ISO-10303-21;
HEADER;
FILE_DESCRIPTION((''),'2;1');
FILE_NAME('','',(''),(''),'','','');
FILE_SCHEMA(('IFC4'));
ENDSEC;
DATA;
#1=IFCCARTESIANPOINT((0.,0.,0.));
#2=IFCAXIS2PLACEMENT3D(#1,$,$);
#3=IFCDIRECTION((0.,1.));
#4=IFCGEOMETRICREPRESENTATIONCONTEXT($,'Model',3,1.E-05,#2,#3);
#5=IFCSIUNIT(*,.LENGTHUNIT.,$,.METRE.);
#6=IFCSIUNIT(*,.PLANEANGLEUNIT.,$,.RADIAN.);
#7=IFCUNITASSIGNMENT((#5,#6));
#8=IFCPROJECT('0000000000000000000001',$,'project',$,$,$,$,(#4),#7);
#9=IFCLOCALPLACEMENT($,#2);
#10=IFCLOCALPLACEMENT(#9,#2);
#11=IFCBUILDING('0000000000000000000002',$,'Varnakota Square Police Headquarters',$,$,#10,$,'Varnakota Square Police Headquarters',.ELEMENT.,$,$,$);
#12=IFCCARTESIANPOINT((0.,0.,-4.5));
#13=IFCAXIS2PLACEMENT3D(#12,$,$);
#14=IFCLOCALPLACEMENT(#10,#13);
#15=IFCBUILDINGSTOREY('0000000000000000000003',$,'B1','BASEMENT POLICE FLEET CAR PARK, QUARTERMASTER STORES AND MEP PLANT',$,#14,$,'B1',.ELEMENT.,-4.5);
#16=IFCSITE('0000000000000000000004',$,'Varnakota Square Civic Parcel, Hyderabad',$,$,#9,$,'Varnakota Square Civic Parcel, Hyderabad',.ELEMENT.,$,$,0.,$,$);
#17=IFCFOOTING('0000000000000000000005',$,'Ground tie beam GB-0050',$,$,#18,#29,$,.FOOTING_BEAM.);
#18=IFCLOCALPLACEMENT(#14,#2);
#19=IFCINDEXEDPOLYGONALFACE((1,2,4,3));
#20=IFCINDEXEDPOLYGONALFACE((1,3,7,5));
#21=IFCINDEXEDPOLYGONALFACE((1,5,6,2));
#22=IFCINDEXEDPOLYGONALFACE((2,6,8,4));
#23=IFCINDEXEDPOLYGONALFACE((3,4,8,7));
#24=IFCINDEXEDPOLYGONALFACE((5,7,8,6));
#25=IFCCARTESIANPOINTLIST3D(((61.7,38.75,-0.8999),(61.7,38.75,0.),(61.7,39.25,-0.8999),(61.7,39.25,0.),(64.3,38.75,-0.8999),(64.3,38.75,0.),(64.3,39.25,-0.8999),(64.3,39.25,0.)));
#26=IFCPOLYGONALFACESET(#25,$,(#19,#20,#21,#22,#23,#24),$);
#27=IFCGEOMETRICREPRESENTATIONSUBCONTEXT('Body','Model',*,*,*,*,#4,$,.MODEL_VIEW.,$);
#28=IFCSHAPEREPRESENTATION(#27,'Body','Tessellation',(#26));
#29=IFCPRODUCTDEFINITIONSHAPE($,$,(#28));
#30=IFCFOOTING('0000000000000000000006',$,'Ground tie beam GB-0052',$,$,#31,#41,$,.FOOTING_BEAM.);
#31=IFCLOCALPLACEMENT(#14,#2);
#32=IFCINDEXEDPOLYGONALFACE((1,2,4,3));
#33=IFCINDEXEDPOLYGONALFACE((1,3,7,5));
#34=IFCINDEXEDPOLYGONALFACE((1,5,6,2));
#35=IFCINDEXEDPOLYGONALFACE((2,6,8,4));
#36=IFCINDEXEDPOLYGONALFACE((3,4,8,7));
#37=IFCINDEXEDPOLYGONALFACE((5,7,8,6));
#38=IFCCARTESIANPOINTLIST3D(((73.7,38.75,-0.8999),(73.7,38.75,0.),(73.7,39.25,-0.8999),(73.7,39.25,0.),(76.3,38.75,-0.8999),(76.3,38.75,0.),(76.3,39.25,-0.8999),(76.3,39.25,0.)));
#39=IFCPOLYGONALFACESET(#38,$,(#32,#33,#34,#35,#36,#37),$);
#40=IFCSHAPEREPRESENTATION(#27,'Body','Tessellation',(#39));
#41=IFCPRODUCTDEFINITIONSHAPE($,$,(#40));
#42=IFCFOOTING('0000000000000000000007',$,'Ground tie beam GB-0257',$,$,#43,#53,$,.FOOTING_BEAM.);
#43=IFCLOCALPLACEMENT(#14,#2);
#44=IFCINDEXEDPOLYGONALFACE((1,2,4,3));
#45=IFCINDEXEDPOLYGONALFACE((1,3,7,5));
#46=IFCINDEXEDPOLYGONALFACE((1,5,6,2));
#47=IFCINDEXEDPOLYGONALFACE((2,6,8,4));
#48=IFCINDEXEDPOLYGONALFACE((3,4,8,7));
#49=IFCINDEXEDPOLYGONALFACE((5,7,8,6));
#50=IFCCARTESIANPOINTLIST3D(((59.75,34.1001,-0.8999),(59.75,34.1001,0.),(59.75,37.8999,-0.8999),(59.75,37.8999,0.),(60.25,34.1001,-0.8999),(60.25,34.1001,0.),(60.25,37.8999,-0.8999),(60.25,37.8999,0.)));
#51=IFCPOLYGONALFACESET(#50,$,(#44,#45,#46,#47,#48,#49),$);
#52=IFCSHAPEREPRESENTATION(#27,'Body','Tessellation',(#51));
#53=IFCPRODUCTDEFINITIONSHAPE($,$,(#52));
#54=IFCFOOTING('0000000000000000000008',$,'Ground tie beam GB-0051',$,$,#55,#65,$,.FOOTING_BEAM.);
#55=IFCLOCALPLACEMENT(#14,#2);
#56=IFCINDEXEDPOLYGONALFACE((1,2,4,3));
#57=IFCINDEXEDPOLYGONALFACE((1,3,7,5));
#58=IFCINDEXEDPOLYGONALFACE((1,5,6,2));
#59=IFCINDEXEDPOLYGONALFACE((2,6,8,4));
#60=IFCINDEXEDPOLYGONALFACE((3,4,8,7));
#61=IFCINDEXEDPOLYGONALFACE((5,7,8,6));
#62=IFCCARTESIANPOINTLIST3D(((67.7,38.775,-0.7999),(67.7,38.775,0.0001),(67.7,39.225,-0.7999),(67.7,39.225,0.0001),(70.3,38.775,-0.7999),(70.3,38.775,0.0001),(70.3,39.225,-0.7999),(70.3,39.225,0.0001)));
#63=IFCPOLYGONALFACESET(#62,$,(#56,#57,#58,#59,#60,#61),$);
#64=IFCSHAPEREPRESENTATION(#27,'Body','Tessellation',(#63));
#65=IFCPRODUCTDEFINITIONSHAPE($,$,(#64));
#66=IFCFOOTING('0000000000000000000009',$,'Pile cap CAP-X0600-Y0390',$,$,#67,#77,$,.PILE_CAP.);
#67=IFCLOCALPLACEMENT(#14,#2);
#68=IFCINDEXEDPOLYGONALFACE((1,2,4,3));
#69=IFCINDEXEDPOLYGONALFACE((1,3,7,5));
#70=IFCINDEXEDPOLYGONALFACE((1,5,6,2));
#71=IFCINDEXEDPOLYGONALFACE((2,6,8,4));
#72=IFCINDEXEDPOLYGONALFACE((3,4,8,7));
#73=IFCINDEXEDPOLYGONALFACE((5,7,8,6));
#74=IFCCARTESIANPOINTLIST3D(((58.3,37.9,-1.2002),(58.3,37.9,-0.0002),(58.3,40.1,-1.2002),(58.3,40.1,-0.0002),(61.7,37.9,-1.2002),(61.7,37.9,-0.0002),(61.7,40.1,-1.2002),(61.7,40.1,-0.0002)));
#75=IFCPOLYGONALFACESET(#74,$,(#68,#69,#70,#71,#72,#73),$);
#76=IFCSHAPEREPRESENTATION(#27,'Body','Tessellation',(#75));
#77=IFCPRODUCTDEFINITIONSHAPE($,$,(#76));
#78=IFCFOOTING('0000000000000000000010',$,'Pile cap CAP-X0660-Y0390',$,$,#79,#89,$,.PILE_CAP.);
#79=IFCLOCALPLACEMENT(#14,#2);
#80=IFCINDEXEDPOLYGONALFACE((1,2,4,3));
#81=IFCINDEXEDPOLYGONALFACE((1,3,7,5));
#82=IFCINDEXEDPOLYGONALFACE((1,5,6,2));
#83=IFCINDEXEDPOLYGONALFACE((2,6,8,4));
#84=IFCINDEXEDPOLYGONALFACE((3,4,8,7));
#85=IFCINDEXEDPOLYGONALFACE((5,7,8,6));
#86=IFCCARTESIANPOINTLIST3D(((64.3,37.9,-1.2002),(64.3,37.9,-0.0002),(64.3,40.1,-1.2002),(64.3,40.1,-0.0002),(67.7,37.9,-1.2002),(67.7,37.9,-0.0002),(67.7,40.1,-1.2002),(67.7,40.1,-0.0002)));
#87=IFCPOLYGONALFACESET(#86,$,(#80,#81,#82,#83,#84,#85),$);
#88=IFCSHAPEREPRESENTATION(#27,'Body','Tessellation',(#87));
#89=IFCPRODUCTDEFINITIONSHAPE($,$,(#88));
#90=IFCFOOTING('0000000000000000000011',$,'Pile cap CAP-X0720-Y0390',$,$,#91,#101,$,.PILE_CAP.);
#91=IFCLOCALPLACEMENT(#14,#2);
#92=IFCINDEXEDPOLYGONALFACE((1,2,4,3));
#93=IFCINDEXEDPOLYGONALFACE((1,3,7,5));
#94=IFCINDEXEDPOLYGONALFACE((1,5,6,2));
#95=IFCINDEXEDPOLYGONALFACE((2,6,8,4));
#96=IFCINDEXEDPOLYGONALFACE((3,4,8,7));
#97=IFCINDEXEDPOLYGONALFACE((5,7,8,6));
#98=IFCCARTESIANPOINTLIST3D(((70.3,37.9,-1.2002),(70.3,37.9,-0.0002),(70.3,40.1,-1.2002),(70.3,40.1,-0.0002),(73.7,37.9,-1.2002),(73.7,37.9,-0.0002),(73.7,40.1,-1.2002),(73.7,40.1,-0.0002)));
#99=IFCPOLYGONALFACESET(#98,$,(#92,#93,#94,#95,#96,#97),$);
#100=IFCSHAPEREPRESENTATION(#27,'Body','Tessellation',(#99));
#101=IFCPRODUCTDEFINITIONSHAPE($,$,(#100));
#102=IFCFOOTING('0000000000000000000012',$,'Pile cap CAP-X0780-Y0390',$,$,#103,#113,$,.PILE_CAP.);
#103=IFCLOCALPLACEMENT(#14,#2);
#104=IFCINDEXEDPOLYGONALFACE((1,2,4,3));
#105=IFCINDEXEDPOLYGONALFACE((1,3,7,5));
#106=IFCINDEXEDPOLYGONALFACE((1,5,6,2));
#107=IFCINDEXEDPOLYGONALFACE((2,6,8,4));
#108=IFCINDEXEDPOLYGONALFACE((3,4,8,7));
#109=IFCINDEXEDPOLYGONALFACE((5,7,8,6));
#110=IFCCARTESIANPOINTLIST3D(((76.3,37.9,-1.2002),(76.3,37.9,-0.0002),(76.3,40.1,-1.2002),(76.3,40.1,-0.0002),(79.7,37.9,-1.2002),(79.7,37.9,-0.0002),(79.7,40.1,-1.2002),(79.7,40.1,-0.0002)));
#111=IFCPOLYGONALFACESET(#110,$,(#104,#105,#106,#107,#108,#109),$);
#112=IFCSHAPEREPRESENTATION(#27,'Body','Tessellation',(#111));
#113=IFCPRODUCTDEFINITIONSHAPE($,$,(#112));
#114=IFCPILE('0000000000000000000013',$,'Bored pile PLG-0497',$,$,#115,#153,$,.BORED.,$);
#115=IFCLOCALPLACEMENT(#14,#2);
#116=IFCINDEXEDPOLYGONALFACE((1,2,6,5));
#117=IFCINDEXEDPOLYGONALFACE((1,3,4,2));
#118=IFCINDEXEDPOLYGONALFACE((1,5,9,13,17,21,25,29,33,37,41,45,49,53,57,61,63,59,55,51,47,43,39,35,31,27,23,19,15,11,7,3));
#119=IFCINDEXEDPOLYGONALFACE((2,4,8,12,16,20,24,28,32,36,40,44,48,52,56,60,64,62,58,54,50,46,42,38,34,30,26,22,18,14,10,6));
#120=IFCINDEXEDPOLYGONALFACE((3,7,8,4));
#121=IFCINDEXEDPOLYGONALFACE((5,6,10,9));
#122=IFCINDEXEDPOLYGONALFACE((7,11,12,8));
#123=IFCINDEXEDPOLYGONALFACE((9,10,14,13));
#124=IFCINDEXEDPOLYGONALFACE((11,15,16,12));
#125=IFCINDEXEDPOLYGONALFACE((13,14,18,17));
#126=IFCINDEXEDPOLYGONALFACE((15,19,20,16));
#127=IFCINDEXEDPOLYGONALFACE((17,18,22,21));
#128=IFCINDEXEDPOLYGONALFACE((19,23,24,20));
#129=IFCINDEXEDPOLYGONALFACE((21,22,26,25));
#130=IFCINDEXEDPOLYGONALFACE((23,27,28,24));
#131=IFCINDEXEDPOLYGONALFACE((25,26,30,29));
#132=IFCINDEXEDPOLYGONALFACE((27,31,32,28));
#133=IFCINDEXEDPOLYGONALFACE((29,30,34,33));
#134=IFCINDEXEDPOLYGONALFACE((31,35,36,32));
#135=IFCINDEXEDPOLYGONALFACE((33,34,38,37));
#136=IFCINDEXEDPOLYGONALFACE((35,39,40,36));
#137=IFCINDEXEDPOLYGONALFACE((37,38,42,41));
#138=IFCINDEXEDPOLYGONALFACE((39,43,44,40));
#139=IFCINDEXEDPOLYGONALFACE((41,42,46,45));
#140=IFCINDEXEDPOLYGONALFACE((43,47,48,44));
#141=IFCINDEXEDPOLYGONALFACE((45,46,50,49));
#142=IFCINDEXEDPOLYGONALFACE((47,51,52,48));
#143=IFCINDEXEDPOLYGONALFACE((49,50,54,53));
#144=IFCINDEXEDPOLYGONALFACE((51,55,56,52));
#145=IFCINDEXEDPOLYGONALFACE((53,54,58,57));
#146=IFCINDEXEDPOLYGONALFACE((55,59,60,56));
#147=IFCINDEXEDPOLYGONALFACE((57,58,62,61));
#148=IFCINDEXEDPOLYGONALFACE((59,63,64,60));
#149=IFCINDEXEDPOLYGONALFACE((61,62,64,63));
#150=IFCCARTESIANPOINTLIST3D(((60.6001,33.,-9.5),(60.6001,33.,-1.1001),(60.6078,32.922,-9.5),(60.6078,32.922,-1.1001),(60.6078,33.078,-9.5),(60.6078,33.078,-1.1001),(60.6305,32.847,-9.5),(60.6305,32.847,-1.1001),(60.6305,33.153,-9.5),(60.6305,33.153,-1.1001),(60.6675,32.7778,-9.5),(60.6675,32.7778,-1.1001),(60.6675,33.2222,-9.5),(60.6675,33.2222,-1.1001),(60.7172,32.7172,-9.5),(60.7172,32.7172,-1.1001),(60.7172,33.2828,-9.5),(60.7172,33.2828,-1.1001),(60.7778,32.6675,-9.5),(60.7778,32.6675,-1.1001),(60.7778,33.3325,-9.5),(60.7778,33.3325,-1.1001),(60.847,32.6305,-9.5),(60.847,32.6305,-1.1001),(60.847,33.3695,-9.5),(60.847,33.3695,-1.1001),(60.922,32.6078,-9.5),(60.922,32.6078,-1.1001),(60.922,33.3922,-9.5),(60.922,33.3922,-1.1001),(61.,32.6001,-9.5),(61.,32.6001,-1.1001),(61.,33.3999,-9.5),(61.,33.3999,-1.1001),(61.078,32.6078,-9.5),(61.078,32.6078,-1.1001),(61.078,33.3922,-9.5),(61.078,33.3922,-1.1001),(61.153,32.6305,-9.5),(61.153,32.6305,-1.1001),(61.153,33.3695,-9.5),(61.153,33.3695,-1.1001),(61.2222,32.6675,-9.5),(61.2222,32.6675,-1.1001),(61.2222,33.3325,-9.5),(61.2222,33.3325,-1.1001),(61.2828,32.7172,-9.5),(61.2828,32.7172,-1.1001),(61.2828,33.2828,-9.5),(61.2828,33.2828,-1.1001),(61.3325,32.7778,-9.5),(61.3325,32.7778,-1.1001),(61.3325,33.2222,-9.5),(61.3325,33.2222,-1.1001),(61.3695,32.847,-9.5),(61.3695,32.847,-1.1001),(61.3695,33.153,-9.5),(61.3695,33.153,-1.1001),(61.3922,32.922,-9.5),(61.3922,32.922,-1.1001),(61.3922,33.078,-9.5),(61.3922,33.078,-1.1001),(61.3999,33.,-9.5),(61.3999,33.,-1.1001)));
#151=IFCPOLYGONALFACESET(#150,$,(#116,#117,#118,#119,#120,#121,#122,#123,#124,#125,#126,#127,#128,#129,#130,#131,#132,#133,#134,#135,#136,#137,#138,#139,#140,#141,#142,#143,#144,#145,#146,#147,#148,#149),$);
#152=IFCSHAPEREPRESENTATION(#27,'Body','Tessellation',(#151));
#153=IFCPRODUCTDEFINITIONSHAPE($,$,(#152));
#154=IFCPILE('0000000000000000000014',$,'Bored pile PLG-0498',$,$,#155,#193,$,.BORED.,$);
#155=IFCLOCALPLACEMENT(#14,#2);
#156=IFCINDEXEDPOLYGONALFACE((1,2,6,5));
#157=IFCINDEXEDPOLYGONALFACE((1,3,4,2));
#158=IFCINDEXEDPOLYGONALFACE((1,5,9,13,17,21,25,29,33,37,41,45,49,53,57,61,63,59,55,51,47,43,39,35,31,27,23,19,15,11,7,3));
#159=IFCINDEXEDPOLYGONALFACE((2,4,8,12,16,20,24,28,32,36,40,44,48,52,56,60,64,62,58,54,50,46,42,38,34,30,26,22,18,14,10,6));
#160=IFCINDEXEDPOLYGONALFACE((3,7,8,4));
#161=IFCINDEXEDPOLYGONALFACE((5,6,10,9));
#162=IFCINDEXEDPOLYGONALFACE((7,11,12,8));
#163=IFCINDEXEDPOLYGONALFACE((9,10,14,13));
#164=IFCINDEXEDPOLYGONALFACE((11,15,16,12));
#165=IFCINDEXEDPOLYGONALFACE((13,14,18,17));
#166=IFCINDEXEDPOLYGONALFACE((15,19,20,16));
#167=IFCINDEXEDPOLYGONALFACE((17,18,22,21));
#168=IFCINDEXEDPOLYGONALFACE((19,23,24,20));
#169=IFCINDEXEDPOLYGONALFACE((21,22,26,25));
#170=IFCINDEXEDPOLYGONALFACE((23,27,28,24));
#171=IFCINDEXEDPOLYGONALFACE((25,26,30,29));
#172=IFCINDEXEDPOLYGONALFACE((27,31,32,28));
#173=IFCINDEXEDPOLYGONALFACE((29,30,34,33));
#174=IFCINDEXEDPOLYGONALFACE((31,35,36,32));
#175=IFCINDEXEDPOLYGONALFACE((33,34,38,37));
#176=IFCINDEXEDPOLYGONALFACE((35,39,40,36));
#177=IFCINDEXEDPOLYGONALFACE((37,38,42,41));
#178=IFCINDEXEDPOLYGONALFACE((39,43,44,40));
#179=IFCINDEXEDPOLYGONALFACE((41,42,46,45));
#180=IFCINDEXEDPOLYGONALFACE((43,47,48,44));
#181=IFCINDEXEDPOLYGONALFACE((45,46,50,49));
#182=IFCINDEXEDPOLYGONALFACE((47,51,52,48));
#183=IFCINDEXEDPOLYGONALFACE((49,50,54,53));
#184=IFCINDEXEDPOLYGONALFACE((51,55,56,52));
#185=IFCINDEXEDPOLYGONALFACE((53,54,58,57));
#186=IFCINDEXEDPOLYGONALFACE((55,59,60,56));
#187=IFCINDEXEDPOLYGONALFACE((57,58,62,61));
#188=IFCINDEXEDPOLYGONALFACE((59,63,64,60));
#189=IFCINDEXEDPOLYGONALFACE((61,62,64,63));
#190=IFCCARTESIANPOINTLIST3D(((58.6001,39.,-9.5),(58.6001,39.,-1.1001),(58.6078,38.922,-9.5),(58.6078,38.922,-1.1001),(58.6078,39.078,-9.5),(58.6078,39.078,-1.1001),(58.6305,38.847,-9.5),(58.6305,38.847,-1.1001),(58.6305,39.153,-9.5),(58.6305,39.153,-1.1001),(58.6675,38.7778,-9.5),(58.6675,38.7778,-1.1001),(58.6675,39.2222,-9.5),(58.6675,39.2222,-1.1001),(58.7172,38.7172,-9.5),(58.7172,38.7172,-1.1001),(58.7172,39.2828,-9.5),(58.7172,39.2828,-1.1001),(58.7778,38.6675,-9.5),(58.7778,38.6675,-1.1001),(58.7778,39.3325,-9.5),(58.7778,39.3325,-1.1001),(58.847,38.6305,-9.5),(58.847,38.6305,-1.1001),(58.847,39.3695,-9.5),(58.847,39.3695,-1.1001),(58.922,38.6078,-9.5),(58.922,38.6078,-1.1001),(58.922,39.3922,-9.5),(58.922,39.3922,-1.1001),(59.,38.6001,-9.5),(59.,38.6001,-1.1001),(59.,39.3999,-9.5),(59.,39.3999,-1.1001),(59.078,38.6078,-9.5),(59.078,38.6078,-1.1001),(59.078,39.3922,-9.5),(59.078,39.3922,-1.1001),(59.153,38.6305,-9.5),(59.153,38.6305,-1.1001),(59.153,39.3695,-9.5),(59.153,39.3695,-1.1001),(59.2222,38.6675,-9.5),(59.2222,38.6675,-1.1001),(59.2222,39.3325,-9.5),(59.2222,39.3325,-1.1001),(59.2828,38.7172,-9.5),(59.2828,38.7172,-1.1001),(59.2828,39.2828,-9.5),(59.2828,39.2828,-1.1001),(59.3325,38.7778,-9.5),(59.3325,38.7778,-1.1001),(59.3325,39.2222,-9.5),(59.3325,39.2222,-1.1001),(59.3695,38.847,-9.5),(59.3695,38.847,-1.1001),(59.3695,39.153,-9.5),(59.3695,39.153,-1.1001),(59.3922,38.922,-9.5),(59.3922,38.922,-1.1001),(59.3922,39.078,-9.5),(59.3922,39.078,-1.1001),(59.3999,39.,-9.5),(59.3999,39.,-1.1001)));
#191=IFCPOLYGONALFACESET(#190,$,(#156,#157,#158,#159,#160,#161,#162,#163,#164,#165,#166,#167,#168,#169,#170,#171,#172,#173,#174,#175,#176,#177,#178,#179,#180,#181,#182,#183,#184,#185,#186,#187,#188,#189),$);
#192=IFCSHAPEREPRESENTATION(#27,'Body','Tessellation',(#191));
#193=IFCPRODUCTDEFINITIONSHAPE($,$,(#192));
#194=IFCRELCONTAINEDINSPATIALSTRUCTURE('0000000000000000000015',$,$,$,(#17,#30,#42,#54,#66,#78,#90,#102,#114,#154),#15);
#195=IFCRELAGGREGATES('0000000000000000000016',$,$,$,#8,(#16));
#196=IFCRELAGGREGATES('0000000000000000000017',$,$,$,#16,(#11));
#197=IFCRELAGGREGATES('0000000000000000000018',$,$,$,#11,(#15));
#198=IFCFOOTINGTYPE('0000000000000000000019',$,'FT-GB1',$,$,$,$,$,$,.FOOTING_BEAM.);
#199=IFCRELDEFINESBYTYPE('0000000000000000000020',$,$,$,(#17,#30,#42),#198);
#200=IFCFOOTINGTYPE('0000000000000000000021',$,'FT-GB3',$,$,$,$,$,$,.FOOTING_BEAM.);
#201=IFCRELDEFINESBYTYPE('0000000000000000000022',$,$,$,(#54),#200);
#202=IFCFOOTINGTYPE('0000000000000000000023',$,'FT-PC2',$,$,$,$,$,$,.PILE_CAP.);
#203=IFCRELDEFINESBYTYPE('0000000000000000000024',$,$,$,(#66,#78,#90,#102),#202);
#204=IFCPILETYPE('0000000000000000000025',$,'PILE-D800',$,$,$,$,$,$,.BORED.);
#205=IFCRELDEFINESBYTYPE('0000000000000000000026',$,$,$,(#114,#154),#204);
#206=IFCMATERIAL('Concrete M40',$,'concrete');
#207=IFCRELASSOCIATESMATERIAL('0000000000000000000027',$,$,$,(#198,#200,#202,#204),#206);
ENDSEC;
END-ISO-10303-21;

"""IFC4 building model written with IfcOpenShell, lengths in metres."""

from ifc_helpers import new_model, si_unit, direction, frame, origin, origin_2d, place, context, subcontext, project, spatial, rectangle, circle, extrude, material, material_profile, profile_set, type_object, element, save


model = new_model("IFC4")

# Units and contexts
model_context = context("Model", 3, precision=1e-05, world=origin(), true_north=direction((0.0, 1.0)))
body_context = subcontext(model_context, "Body", "Model", "MODEL_VIEW")
ifc_project = project(units=[si_unit("LENGTHUNIT", "METRE"), si_unit("PLANEANGLEUNIT", "RADIAN")], contexts=[model_context])

# Site, building, storey
site_placement = place(None, origin())
site = spatial("IfcSite", under=ifc_project, at=site_placement, Name="Varnakota Square Civic Parcel, Hyderabad", LongName="Varnakota Square Civic Parcel, Hyderabad", CompositionType="ELEMENT", RefElevation=0.0)
building_placement = place(site_placement, origin())
building = spatial("IfcBuilding", under=site, at=building_placement, Name="Varnakota Square Police Headquarters", LongName="Varnakota Square Police Headquarters", CompositionType="ELEMENT")
storey_placement = place(building_placement, frame((0.0, 0.0, -4.5)))
storey = spatial("IfcBuildingStorey", under=building, at=storey_placement, Name="B1", Description="BASEMENT POLICE FLEET CAR PARK, QUARTERMASTER STORES AND MEP PLANT", LongName="B1", CompositionType="ELEMENT", Elevation=-4.5)

# Footings
ifc_material_1 = material(Name="Concrete M40", Category="concrete")
ifc_material_profile_1 = material_profile(ifc_material_1, rectangle(XDim=0.5, YDim=0.8999, at=origin_2d()), Name="GB 500x900")
ifc_profile_set_1 = profile_set([ifc_material_profile_1], Name="Concrete M40")
footing_type_1 = type_object("IfcFootingType", Name="FT-GB1", PredefinedType="FOOTING_BEAM", material=ifc_profile_set_1)
for number, where, z_axis, x_axis, name in (
    (1, (61.7, 39.0, -0.45), (1.0, 0.0, 0.0), (0.0, 1.0, 0.0), "Ground tie beam GB-0050"),
    (2, (73.7, 39.0, -0.45), (1.0, 0.0, 0.0), (0.0, 1.0, 0.0), "Ground tie beam GB-0052"),
):
    element("IfcFooting", number, at=place(storey_placement, frame(where, z_axis=z_axis, x_axis=x_axis)), inside=storey, type_object=footing_type_1, Name=name, PredefinedType="FOOTING_BEAM", context=body_context, shape_type="SweptSolid", body=[
        extrude(rectangle(XDim=0.5, YDim=0.8999, at=origin_2d()), origin(), (0.0, 0.0, 1.0), 2.6001),
    ])
footing_1_placement = place(storey_placement, frame((60.0, 34.1001, -0.45), z_axis=(0.0, 1.0, 0.0), x_axis=(-1.0, 0.0, 0.0)))
element("IfcFooting", 3, at=footing_1_placement, inside=storey, type_object=footing_type_1, Name="Ground tie beam GB-0257", PredefinedType="FOOTING_BEAM", context=body_context, shape_type="SweptSolid", body=[
    extrude(rectangle(XDim=0.5, YDim=0.8999, at=origin_2d()), origin(), (0.0, 0.0, 1.0), 3.7998),
])
ifc_material_profile_2 = material_profile(ifc_material_1, rectangle(XDim=0.45, YDim=0.8, at=origin_2d()), Name="GB 450x800")
ifc_profile_set_2 = profile_set([ifc_material_profile_2], Name="Concrete M40")
footing_type_2 = type_object("IfcFootingType", Name="FT-GB3", PredefinedType="FOOTING_BEAM", material=ifc_profile_set_2)
footing_2_placement = place(storey_placement, frame((67.7, 39.0, -0.3999), z_axis=(1.0, 0.0, 0.0), x_axis=(0.0, 1.0, 0.0)))
element("IfcFooting", 4, at=footing_2_placement, inside=storey, type_object=footing_type_2, Name="Ground tie beam GB-0051", PredefinedType="FOOTING_BEAM", context=body_context, shape_type="SweptSolid", body=[
    extrude(rectangle(XDim=0.45, YDim=0.8, at=origin_2d()), origin(), (0.0, 0.0, 1.0), 2.6001),
])
footing_type_3 = type_object("IfcFootingType", Name="FT-PC2", PredefinedType="PILE_CAP", material=ifc_material_1)
for number, where, z_axis, x_axis, name in (
    (5, (60.0, 39.0, -1.2002), (0.0, 0.0, 1.0), (1.0, 0.0, 0.0), "Pile cap CAP-X0600-Y0390"),
    (6, (66.0, 39.0, -1.2002), (0.0, 0.0, 1.0), (1.0, 0.0, 0.0), "Pile cap CAP-X0660-Y0390"),
    (7, (72.0, 39.0, -1.2002), (0.0, 0.0, 1.0), (1.0, 0.0, 0.0), "Pile cap CAP-X0720-Y0390"),
    (8, (78.0, 39.0, -1.2002), (0.0, 0.0, 1.0), (1.0, 0.0, 0.0), "Pile cap CAP-X0780-Y0390"),
):
    element("IfcFooting", number, at=place(storey_placement, frame(where, z_axis=z_axis, x_axis=x_axis)), inside=storey, type_object=footing_type_3, Name=name, PredefinedType="PILE_CAP", context=body_context, shape_type="SweptSolid", body=[
        extrude(rectangle(XDim=3.3999, YDim=2.2, at=origin_2d()), origin(), (0.0, 0.0, 1.0), 1.2),
    ])

# Piles
ifc_material_profile_3 = material_profile(ifc_material_1, circle(Radius=0.3999, at=origin_2d()), Name="BORED PILE 800")
ifc_profile_set_3 = profile_set([ifc_material_profile_3], Name="Concrete M40")
pile_type = type_object("IfcPileType", Name="PILE-D800", PredefinedType="BORED", material=ifc_profile_set_3)
for number, where, z_axis, x_axis, name in (
    (9, (61.0, 33.0, -1.1001), (0.0, 0.0, -1.0), (1.0, 0.0, 0.0), "Bored pile PLG-0497"),
    (10, (59.0, 39.0, -1.1001), (0.0, 0.0, -1.0), (1.0, 0.0, 0.0), "Bored pile PLG-0498"),
):
    element("IfcPile", number, at=place(storey_placement, frame(where, z_axis=z_axis, x_axis=x_axis)), inside=storey, type_object=pile_type, Name=name, PredefinedType="BORED", context=body_context, shape_type="SweptSolid", body=[
        extrude(circle(Radius=0.3999, at=origin_2d()), origin(), (0.0, 0.0, 1.0), 8.3999),
    ])

save(model, "model.ifc")
